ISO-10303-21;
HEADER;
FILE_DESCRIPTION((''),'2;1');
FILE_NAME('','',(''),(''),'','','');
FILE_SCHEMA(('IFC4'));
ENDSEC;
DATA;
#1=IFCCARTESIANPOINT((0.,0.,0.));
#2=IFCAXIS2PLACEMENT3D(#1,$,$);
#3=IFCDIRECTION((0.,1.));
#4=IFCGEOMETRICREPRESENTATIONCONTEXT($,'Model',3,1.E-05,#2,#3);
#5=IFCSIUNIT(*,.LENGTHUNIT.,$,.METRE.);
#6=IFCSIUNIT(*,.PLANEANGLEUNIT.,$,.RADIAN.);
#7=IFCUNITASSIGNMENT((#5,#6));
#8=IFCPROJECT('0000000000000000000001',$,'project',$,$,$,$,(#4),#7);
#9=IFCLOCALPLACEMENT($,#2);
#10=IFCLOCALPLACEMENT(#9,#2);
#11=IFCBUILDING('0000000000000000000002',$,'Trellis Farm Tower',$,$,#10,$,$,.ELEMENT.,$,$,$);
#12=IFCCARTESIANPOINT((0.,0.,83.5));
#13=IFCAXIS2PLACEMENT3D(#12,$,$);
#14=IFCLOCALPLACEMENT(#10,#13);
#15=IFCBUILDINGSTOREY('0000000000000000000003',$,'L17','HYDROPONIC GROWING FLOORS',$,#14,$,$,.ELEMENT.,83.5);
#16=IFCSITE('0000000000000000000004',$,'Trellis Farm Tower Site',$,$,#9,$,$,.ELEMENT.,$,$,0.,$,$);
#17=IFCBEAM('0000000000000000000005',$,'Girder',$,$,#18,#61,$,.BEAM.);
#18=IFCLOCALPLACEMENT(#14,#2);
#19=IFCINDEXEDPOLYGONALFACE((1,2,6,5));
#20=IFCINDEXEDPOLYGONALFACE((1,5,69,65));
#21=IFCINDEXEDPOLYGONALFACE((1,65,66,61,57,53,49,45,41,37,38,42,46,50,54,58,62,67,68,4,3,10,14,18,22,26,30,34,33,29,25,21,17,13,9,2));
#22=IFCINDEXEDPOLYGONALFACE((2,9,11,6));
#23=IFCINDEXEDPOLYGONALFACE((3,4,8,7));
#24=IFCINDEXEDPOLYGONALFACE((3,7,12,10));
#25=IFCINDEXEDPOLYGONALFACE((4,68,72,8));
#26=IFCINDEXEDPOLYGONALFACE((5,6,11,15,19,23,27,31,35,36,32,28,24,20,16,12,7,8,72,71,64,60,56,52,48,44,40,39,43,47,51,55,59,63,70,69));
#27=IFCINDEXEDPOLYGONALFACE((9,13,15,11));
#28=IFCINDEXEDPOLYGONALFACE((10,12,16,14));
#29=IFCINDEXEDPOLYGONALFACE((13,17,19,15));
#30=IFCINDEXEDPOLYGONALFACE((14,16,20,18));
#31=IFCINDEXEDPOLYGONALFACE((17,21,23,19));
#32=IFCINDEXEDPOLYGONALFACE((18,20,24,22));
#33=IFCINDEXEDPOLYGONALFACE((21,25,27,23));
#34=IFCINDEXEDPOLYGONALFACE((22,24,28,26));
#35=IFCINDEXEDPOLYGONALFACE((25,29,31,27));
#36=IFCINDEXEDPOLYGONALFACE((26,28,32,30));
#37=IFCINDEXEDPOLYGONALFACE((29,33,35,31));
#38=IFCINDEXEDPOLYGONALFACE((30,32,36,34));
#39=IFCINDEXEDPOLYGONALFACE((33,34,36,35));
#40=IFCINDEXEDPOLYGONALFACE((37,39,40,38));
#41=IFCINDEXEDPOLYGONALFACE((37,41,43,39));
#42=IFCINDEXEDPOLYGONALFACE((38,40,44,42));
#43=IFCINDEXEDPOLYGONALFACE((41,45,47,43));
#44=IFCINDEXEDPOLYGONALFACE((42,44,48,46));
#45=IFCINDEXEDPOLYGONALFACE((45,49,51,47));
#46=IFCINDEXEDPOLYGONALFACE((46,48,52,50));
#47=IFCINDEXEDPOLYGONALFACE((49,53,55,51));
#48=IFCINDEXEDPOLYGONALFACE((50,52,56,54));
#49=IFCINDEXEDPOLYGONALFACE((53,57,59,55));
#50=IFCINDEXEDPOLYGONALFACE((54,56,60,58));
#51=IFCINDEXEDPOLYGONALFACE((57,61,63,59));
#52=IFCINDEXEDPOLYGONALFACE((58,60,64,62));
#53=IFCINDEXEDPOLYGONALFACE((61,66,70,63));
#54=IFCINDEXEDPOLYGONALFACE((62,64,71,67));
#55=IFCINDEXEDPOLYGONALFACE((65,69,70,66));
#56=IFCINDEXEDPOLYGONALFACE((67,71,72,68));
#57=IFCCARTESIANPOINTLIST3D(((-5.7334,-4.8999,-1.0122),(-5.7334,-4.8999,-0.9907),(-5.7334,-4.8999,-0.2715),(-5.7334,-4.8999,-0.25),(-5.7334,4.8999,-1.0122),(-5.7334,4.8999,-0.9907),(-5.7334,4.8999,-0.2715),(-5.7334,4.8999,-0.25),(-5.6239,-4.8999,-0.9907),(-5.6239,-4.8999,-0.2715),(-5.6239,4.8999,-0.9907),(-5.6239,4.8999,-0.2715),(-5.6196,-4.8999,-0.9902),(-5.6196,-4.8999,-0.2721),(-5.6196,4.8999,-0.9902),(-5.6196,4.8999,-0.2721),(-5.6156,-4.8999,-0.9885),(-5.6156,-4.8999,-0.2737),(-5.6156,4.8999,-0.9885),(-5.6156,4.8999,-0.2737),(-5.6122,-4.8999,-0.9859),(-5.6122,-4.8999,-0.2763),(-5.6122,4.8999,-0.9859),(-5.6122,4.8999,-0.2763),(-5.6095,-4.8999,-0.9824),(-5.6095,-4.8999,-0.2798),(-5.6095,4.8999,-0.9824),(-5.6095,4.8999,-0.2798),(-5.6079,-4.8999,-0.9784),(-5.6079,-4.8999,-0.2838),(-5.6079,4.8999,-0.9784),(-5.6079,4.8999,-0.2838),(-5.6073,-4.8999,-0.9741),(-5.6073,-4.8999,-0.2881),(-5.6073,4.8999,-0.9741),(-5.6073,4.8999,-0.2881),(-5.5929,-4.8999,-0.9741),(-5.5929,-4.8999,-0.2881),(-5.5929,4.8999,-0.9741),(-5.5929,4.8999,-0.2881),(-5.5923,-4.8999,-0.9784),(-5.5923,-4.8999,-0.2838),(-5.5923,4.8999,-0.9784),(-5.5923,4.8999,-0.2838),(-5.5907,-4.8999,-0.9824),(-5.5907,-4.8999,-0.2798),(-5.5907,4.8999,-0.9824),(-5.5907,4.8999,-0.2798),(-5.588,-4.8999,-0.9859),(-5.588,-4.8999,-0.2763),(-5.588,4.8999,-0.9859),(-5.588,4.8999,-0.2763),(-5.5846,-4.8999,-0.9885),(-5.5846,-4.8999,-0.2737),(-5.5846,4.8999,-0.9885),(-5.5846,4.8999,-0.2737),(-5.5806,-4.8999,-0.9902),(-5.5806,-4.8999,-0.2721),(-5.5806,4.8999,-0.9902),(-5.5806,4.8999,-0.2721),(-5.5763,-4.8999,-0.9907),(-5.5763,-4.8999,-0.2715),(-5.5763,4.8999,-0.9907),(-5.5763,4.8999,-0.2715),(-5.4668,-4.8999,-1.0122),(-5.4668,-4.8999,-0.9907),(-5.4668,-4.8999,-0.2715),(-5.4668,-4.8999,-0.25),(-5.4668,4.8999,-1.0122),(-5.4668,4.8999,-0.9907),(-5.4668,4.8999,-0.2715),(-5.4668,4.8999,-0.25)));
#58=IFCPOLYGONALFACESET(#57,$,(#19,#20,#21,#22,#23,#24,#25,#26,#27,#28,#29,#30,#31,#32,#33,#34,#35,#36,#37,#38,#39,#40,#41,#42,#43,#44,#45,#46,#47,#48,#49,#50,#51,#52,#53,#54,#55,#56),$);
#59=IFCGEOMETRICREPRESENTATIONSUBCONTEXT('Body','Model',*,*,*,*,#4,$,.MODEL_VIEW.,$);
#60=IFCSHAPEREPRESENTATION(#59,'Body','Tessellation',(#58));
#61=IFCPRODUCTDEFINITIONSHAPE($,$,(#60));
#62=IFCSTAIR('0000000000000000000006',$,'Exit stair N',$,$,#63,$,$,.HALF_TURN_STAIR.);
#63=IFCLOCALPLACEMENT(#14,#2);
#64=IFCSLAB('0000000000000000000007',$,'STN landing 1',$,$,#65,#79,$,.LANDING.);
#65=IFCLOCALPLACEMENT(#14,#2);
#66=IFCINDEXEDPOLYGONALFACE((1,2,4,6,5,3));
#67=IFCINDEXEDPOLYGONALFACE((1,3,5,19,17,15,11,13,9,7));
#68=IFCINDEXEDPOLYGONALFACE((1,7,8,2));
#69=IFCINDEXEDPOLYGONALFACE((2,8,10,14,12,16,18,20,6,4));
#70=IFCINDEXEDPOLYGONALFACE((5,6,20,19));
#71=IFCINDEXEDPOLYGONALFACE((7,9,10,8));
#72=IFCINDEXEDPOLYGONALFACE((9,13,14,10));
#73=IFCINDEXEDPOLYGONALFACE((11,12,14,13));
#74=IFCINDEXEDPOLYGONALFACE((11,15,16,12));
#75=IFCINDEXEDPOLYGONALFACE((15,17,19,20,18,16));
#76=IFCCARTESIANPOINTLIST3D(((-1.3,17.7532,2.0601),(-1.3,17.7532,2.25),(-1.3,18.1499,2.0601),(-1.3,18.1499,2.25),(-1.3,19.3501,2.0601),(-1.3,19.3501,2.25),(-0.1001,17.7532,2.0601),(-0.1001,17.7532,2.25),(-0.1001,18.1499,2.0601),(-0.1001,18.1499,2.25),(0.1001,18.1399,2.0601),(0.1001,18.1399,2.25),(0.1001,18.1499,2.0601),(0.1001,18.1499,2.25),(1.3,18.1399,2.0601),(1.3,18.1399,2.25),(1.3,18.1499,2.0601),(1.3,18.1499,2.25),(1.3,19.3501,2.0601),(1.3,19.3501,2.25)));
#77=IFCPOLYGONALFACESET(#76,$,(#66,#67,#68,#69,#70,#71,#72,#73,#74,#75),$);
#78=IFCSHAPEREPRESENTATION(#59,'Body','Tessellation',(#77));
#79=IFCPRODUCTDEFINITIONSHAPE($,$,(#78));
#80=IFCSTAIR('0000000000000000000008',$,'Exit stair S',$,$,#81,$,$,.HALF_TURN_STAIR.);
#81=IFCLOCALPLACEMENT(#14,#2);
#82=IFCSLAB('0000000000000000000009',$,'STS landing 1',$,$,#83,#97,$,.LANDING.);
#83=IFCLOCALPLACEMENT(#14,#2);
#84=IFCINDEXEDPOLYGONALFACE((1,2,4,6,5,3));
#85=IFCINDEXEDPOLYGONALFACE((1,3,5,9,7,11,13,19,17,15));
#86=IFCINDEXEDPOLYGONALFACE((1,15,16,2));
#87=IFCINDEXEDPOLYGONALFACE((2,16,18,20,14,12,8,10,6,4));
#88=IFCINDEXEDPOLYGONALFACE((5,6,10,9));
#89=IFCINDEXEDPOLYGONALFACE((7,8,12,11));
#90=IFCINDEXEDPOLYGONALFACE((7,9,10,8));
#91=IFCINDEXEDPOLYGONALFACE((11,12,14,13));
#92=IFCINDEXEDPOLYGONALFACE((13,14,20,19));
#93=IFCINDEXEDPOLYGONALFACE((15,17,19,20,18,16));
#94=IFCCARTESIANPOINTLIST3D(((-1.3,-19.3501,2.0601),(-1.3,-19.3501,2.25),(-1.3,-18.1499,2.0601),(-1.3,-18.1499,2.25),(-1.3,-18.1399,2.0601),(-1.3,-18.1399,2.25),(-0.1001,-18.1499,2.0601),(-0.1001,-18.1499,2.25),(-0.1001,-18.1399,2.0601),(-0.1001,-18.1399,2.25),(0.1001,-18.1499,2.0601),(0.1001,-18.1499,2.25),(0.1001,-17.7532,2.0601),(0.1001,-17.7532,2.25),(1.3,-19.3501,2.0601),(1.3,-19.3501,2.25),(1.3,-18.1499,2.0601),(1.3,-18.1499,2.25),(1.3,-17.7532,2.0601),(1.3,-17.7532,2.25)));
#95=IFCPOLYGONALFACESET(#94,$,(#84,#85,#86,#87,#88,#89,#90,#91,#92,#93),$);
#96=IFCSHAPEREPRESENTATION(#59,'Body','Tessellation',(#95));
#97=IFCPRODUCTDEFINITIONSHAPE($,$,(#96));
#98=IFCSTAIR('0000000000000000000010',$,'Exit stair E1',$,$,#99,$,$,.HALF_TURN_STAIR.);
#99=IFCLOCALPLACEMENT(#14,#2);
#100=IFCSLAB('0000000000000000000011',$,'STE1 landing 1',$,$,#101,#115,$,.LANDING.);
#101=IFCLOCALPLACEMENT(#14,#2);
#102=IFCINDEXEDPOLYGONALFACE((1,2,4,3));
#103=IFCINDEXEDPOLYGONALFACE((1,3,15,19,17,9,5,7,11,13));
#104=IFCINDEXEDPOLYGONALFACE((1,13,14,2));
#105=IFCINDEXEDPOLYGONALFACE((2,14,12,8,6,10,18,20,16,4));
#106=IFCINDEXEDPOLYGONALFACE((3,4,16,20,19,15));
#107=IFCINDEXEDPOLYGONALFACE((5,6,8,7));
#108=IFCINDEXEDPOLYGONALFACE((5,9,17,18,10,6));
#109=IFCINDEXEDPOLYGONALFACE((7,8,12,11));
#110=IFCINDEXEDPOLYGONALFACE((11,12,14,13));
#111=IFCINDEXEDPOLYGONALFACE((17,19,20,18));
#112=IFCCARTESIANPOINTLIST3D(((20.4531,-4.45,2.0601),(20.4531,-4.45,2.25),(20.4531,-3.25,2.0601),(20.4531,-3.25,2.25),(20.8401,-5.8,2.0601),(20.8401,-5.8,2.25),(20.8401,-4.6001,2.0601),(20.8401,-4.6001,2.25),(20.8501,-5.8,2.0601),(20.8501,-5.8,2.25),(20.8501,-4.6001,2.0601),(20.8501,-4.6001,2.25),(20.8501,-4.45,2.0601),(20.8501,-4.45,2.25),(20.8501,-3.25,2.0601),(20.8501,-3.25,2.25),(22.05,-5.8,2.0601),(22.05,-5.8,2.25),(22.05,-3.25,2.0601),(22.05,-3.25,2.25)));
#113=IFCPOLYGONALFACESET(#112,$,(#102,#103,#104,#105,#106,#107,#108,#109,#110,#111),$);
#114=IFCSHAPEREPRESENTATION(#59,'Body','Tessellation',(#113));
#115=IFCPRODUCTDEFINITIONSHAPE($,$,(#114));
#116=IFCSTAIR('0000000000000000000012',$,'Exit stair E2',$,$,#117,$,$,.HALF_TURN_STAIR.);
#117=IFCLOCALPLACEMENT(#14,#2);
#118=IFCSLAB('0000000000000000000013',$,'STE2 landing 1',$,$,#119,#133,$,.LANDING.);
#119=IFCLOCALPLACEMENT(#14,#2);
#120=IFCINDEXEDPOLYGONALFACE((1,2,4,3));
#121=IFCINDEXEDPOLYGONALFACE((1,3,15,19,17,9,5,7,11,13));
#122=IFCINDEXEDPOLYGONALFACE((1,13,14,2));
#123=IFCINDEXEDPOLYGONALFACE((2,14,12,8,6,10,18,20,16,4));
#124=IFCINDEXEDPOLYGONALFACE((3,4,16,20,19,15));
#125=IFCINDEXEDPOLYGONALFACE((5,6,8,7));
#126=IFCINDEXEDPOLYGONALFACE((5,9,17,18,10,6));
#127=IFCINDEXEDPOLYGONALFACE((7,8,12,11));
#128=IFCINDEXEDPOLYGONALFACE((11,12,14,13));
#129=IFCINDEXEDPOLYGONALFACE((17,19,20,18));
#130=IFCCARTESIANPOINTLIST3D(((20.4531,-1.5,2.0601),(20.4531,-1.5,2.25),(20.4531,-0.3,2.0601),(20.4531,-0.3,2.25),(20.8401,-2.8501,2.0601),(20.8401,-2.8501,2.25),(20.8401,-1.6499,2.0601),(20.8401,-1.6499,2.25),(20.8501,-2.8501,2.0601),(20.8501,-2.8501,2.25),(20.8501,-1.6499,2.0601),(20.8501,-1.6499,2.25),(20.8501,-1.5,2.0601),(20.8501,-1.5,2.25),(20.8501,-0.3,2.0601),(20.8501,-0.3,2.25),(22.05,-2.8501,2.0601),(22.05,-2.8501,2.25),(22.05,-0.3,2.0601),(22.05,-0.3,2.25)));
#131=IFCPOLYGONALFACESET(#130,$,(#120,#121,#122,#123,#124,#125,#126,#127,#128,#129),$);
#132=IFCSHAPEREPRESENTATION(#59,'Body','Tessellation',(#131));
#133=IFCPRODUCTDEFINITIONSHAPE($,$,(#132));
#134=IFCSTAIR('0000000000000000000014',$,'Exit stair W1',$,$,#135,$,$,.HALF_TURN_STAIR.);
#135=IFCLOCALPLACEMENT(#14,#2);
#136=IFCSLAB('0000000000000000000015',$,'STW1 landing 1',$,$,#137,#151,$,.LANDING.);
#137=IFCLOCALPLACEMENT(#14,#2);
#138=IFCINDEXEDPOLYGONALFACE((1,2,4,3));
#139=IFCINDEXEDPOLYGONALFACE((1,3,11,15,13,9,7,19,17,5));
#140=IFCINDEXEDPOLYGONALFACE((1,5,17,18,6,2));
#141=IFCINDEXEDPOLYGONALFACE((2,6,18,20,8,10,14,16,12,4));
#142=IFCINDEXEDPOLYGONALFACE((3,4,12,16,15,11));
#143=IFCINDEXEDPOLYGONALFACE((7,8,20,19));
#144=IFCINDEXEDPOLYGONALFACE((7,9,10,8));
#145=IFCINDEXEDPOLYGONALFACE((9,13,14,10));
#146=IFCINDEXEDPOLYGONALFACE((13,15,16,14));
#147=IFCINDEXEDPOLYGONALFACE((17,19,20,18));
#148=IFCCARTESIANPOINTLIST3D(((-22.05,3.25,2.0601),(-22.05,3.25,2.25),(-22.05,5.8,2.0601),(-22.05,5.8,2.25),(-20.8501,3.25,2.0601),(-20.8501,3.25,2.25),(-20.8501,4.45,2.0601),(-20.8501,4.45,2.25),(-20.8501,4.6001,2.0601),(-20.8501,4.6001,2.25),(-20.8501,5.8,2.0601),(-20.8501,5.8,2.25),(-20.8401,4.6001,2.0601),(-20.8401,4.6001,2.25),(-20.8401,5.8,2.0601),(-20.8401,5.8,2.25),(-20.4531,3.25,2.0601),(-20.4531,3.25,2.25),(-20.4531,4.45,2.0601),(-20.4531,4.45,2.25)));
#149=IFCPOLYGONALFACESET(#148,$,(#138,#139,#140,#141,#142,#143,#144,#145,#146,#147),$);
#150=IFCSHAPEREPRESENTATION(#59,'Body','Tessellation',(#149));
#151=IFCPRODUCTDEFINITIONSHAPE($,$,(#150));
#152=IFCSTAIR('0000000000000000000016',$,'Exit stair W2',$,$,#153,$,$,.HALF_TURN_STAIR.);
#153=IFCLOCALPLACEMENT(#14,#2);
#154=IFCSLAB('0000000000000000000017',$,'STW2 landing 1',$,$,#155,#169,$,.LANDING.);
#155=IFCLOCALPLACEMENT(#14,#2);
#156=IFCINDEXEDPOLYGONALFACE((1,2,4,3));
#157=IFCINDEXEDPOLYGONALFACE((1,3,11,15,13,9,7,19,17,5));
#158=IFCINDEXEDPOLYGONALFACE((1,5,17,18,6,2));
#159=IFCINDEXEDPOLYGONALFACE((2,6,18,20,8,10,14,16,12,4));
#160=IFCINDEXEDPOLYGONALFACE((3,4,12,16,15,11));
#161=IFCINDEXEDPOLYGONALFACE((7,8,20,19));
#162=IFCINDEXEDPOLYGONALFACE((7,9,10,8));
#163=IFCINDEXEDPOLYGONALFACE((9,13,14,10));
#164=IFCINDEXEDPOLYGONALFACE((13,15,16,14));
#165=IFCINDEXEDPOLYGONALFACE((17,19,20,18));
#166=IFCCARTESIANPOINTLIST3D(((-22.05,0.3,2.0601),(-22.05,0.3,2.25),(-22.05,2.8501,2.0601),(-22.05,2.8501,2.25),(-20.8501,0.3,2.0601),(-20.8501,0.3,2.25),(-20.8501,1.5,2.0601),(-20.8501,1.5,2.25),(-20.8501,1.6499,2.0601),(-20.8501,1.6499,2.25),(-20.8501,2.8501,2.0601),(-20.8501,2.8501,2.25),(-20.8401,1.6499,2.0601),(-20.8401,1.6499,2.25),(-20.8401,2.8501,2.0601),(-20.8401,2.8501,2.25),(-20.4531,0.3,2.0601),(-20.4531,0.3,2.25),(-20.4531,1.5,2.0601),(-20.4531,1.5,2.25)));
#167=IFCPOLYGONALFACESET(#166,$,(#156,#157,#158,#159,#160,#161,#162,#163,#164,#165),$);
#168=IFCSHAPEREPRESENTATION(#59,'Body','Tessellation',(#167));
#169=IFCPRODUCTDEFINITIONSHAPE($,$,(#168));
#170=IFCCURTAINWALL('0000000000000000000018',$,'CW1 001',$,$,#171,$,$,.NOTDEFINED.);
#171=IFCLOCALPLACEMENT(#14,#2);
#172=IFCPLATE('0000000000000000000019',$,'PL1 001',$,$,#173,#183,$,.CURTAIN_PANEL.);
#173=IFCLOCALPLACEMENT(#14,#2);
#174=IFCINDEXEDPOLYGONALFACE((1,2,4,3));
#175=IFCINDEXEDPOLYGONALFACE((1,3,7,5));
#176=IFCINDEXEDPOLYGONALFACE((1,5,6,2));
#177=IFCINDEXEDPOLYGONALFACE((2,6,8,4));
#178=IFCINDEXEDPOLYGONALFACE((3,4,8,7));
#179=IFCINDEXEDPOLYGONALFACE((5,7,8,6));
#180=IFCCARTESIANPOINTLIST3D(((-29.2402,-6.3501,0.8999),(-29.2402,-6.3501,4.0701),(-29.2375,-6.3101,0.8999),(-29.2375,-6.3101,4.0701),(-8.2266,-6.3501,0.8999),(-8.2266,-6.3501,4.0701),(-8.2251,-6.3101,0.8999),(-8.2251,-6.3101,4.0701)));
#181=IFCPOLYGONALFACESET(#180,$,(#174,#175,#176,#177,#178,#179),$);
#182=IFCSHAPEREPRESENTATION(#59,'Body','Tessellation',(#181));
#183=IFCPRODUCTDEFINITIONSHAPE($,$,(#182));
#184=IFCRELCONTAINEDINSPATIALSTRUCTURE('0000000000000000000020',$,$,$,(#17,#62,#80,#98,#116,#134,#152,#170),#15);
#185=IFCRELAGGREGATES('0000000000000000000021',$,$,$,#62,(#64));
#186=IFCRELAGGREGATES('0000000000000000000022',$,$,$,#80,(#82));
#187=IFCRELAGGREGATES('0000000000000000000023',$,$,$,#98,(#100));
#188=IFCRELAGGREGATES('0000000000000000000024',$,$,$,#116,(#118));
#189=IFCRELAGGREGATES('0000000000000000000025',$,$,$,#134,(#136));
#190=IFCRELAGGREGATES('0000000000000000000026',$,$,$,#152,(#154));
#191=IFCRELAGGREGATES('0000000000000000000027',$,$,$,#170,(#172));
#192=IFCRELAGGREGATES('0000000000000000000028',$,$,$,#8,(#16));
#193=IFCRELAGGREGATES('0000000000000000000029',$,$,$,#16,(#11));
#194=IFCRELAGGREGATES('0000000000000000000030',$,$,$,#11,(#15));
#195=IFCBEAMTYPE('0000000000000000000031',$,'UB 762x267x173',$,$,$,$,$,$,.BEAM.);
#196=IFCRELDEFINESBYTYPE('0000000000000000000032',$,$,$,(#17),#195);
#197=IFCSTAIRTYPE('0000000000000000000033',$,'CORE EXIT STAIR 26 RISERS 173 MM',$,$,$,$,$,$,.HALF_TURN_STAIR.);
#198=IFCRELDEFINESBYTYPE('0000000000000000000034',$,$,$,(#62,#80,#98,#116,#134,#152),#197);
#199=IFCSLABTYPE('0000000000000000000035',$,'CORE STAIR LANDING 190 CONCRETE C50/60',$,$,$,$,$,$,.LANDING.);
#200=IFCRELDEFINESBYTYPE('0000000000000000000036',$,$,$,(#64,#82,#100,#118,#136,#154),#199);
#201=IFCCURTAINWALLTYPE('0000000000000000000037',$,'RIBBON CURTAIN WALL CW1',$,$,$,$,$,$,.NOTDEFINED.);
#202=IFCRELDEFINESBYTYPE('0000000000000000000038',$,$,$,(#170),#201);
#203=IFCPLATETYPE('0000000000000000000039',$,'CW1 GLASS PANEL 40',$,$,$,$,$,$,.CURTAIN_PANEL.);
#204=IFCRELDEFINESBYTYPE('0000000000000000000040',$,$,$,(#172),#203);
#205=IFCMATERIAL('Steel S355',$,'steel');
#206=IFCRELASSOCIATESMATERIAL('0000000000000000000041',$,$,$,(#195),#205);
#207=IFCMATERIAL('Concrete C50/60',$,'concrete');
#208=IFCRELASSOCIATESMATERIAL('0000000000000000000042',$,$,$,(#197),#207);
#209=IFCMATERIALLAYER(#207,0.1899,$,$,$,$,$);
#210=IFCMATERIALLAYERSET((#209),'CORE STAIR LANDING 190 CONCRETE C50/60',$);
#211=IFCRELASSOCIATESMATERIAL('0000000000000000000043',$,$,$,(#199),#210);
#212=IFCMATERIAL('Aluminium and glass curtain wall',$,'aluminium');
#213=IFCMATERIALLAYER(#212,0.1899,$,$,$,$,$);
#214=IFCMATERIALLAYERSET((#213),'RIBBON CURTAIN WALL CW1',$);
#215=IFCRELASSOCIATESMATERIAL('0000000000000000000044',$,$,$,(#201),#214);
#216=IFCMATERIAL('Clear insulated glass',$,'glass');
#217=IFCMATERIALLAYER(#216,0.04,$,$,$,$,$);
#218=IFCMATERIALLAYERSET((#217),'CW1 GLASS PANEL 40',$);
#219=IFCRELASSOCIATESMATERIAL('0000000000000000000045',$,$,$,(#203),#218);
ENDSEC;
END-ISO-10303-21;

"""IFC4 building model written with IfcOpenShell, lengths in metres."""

from ifc_helpers import new_model, si_unit, direction, frame, origin, origin_2d, place, context, subcontext, project, spatial, polyline, i_section, outline, extrude, source, transform, mapped, material, layer, layer_set, material_profile, profile_set, type_object, element, aggregate, save


model = new_model("IFC4")

# Units and contexts
model_context = context("Model", 3, precision=1e-05, world=origin(), true_north=direction((0.0, 1.0)))
body_context = subcontext(model_context, "Body", "Model", "MODEL_VIEW")
ifc_project = project(units=[si_unit("LENGTHUNIT", "METRE"), si_unit("PLANEANGLEUNIT", "RADIAN")], contexts=[model_context])

# Site, building, storey
site_placement = place(None, origin())
site = spatial("IfcSite", under=ifc_project, at=site_placement, Name="Trellis Farm Tower Site", CompositionType="ELEMENT", RefElevation=0.0)
building_placement = place(site_placement, origin())
building = spatial("IfcBuilding", under=site, at=building_placement, Name="Trellis Farm Tower", CompositionType="ELEMENT")
storey_placement = place(building_placement, frame((0.0, 0.0, 83.5)))
storey = spatial("IfcBuildingStorey", under=building, at=storey_placement, Name="L17", Description="HYDROPONIC GROWING FLOORS", CompositionType="ELEMENT", Elevation=83.5)

# Beam
ifc_material_1 = material(Name="Steel S355", Category="steel")
ifc_material_profile_1 = material_profile(ifc_material_1, i_section(OverallWidth=0.2666, OverallDepth=0.7622, WebThickness=0.0144, FlangeThickness=0.0215, FilletRadius=0.0166, at=origin_2d()), Name="UB 762x267x173")
ifc_profile_set_1 = profile_set([ifc_material_profile_1], Name="Steel S355")
beam_type_1 = type_object("IfcBeamType", Name="UB 762x267x173", PredefinedType="BEAM", material=ifc_profile_set_1)
shared_shape_1 = source(origin(), body_context, "Body", "SweptSolid", [
    extrude(i_section(OverallWidth=0.2666, OverallDepth=0.7622, WebThickness=0.0144, FlangeThickness=0.0215, FilletRadius=0.0166, at=origin_2d()), origin(), (0.0, 0.0, 1.0), 9.7998),
])
for number, where, z_axis, x_axis, name in (
    (1, (-5.6001, -4.8999, -0.6311), (0.0, 1.0, 0.0), (-1.0, 0.0, 0.0), "Girder"),
):
    element("IfcBeam", number, at=place(storey_placement, frame(where, z_axis=z_axis, x_axis=x_axis)), inside=storey, type_object=beam_type_1, Name=name, PredefinedType="BEAM", context=body_context, shape_type="MappedRepresentation", body=[
        mapped(shared_shape_1, transform((0.0, 0.0, 0.0))),
    ])

# Stairs, slabs
ifc_material_2 = material(Name="Concrete C50/60", Category="concrete")
stair_type = type_object("IfcStairType", Name="CORE EXIT STAIR 26 RISERS 173 MM", PredefinedType="HALF_TURN_STAIR", material=ifc_material_2)
placement_1 = place(storey_placement, origin())
stair_1 = element("IfcStair", 2, at=placement_1, inside=storey, type_object=stair_type, Name="Exit stair N", PredefinedType="HALF_TURN_STAIR")
ifc_layer_1 = layer(ifc_material_2, 0.1899)
ifc_layer_set_1 = layer_set([ifc_layer_1], Name="CORE STAIR LANDING 190 CONCRETE C50/60")
slab_type_1 = type_object("IfcSlabType", Name="CORE STAIR LANDING 190 CONCRETE C50/60", PredefinedType="LANDING", material=ifc_layer_set_1)
shared_shape_2 = source(origin(), body_context, "Body", "SweptSolid", [
    extrude(outline(polyline([(-0.1001, 17.7532), (-1.3, 17.7532), (-1.3, 18.1499), (-1.3, 19.3501), (1.3, 19.3501), (1.3, 18.1499), (1.3, 18.1399), (0.1001, 18.1399), (0.1001, 18.1499), (-0.1001, 18.1499), (-0.1001, 17.7532)])), origin(), (0.0, 0.0, 1.0), 0.1899),
])
placement_2 = place(storey_placement, frame((0.0, 0.0, 2.0601)))
slab_1 = element("IfcSlab", 3, at=placement_2, type_object=slab_type_1, Name="STN landing 1", PredefinedType="LANDING", context=body_context, shape_type="MappedRepresentation", body=[
    mapped(shared_shape_2, transform((0.0, 0.0, 0.0))),
])
aggregate(stair_1, [slab_1])
stair_2 = element("IfcStair", 4, at=placement_1, inside=storey, type_object=stair_type, Name="Exit stair S", PredefinedType="HALF_TURN_STAIR")
shared_shape_3 = source(origin(), body_context, "Body", "SweptSolid", [
    extrude(outline(polyline([(1.3, -19.3501), (-1.3, -19.3501), (-1.3, -18.1499), (-1.3, -18.1399), (-0.1001, -18.1399), (-0.1001, -18.1499), (0.1001, -18.1499), (0.1001, -17.7532), (1.3, -17.7532), (1.3, -18.1499), (1.3, -19.3501)])), origin(), (0.0, 0.0, 1.0), 0.1899),
])
slab_2 = element("IfcSlab", 5, at=placement_2, type_object=slab_type_1, Name="STS landing 1", PredefinedType="LANDING", context=body_context, shape_type="MappedRepresentation", body=[
    mapped(shared_shape_3, transform((0.0, 0.0, 0.0))),
])
aggregate(stair_2, [slab_2])
stair_3 = element("IfcStair", 6, at=placement_1, inside=storey, type_object=stair_type, Name="Exit stair E1", PredefinedType="HALF_TURN_STAIR")
shared_shape_4 = source(origin(), body_context, "Body", "SweptSolid", [
    extrude(outline(polyline([(20.8401, -5.8), (20.8401, -4.6001), (20.8501, -4.6001), (20.8501, -4.45), (20.4531, -4.45), (20.4531, -3.25), (20.8501, -3.25), (22.05, -3.25), (22.05, -5.8), (20.8501, -5.8), (20.8401, -5.8)])), origin(), (0.0, 0.0, 1.0), 0.1899),
])
slab_3 = element("IfcSlab", 7, at=placement_2, type_object=slab_type_1, Name="STE1 landing 1", PredefinedType="LANDING", context=body_context, shape_type="MappedRepresentation", body=[
    mapped(shared_shape_4, transform((0.0, 0.0, 0.0))),
])
aggregate(stair_3, [slab_3])
stair_4 = element("IfcStair", 8, at=placement_1, inside=storey, type_object=stair_type, Name="Exit stair E2", PredefinedType="HALF_TURN_STAIR")
shared_shape_5 = source(origin(), body_context, "Body", "SweptSolid", [
    extrude(outline(polyline([(20.8401, -2.8501), (20.8401, -1.6499), (20.8501, -1.6499), (20.8501, -1.5), (20.4531, -1.5), (20.4531, -0.3), (20.8501, -0.3), (22.05, -0.3), (22.05, -2.8501), (20.8501, -2.8501), (20.8401, -2.8501)])), origin(), (0.0, 0.0, 1.0), 0.1899),
])
slab_4 = element("IfcSlab", 9, at=placement_2, type_object=slab_type_1, Name="STE2 landing 1", PredefinedType="LANDING", context=body_context, shape_type="MappedRepresentation", body=[
    mapped(shared_shape_5, transform((0.0, 0.0, 0.0))),
])
aggregate(stair_4, [slab_4])
stair_5 = element("IfcStair", 10, at=placement_1, inside=storey, type_object=stair_type, Name="Exit stair W1", PredefinedType="HALF_TURN_STAIR")
shared_shape_6 = source(origin(), body_context, "Body", "SweptSolid", [
    extrude(outline(polyline([(-20.4531, 4.45), (-20.4531, 3.25), (-20.8501, 3.25), (-22.05, 3.25), (-22.05, 5.8), (-20.8501, 5.8), (-20.8401, 5.8), (-20.8401, 4.6001), (-20.8501, 4.6001), (-20.8501, 4.45), (-20.4531, 4.45)])), origin(), (0.0, 0.0, 1.0), 0.1899),
])
slab_5 = element("IfcSlab", 11, at=placement_2, type_object=slab_type_1, Name="STW1 landing 1", PredefinedType="LANDING", context=body_context, shape_type="MappedRepresentation", body=[
    mapped(shared_shape_6, transform((0.0, 0.0, 0.0))),
])
aggregate(stair_5, [slab_5])
stair_6 = element("IfcStair", 12, at=placement_1, inside=storey, type_object=stair_type, Name="Exit stair W2", PredefinedType="HALF_TURN_STAIR")
shared_shape_7 = source(origin(), body_context, "Body", "SweptSolid", [
    extrude(outline(polyline([(-20.4531, 1.5), (-20.4531, 0.3), (-20.8501, 0.3), (-22.05, 0.3), (-22.05, 2.8501), (-20.8501, 2.8501), (-20.8401, 2.8501), (-20.8401, 1.6499), (-20.8501, 1.6499), (-20.8501, 1.5), (-20.4531, 1.5)])), origin(), (0.0, 0.0, 1.0), 0.1899),
])
slab_6 = element("IfcSlab", 13, at=placement_2, type_object=slab_type_1, Name="STW2 landing 1", PredefinedType="LANDING", context=body_context, shape_type="MappedRepresentation", body=[
    mapped(shared_shape_7, transform((0.0, 0.0, 0.0))),
])
aggregate(stair_6, [slab_6])

# Curtain wall, plate
ifc_material_3 = material(Name="Aluminium and glass curtain wall", Category="aluminium")
ifc_layer_2 = layer(ifc_material_3, 0.1899)
ifc_layer_set_2 = layer_set([ifc_layer_2], Name="RIBBON CURTAIN WALL CW1")
curtain_wall_type = type_object("IfcCurtainWallType", Name="RIBBON CURTAIN WALL CW1", PredefinedType="NOTDEFINED", material=ifc_layer_set_2)
curtain_wall = element("IfcCurtainWall", 14, at=placement_1, inside=storey, type_object=curtain_wall_type, Name="CW1 001", PredefinedType="NOTDEFINED")
ifc_material_4 = material(Name="Clear insulated glass", Category="glass")
ifc_layer_3 = layer(ifc_material_4, 0.04)
ifc_layer_set_3 = layer_set([ifc_layer_3], Name="CW1 GLASS PANEL 40")
plate_type_1 = type_object("IfcPlateType", Name="CW1 GLASS PANEL 40", PredefinedType="CURTAIN_PANEL", material=ifc_layer_set_3)
shared_shape_8 = source(origin(), body_context, "Body", "SweptSolid", [
    extrude(outline(polyline([(-29.2402, -6.3501), (-8.2266, -6.3501), (-8.2251, -6.3101), (-29.2375, -6.3101), (-29.2402, -6.3501)])), origin(), (0.0, 0.0, 1.0), 3.1702),
])
plate_1_placement = place(storey_placement, frame((0.0, 0.0, 0.8999)))
plate_1 = element("IfcPlate", 15, at=plate_1_placement, type_object=plate_type_1, Name="PL1 001", PredefinedType="CURTAIN_PANEL", context=body_context, shape_type="MappedRepresentation", body=[
    mapped(shared_shape_8, transform((0.0, 0.0, 0.0))),
])
aggregate(curtain_wall, [plate_1])

save(model, "model.ifc")
